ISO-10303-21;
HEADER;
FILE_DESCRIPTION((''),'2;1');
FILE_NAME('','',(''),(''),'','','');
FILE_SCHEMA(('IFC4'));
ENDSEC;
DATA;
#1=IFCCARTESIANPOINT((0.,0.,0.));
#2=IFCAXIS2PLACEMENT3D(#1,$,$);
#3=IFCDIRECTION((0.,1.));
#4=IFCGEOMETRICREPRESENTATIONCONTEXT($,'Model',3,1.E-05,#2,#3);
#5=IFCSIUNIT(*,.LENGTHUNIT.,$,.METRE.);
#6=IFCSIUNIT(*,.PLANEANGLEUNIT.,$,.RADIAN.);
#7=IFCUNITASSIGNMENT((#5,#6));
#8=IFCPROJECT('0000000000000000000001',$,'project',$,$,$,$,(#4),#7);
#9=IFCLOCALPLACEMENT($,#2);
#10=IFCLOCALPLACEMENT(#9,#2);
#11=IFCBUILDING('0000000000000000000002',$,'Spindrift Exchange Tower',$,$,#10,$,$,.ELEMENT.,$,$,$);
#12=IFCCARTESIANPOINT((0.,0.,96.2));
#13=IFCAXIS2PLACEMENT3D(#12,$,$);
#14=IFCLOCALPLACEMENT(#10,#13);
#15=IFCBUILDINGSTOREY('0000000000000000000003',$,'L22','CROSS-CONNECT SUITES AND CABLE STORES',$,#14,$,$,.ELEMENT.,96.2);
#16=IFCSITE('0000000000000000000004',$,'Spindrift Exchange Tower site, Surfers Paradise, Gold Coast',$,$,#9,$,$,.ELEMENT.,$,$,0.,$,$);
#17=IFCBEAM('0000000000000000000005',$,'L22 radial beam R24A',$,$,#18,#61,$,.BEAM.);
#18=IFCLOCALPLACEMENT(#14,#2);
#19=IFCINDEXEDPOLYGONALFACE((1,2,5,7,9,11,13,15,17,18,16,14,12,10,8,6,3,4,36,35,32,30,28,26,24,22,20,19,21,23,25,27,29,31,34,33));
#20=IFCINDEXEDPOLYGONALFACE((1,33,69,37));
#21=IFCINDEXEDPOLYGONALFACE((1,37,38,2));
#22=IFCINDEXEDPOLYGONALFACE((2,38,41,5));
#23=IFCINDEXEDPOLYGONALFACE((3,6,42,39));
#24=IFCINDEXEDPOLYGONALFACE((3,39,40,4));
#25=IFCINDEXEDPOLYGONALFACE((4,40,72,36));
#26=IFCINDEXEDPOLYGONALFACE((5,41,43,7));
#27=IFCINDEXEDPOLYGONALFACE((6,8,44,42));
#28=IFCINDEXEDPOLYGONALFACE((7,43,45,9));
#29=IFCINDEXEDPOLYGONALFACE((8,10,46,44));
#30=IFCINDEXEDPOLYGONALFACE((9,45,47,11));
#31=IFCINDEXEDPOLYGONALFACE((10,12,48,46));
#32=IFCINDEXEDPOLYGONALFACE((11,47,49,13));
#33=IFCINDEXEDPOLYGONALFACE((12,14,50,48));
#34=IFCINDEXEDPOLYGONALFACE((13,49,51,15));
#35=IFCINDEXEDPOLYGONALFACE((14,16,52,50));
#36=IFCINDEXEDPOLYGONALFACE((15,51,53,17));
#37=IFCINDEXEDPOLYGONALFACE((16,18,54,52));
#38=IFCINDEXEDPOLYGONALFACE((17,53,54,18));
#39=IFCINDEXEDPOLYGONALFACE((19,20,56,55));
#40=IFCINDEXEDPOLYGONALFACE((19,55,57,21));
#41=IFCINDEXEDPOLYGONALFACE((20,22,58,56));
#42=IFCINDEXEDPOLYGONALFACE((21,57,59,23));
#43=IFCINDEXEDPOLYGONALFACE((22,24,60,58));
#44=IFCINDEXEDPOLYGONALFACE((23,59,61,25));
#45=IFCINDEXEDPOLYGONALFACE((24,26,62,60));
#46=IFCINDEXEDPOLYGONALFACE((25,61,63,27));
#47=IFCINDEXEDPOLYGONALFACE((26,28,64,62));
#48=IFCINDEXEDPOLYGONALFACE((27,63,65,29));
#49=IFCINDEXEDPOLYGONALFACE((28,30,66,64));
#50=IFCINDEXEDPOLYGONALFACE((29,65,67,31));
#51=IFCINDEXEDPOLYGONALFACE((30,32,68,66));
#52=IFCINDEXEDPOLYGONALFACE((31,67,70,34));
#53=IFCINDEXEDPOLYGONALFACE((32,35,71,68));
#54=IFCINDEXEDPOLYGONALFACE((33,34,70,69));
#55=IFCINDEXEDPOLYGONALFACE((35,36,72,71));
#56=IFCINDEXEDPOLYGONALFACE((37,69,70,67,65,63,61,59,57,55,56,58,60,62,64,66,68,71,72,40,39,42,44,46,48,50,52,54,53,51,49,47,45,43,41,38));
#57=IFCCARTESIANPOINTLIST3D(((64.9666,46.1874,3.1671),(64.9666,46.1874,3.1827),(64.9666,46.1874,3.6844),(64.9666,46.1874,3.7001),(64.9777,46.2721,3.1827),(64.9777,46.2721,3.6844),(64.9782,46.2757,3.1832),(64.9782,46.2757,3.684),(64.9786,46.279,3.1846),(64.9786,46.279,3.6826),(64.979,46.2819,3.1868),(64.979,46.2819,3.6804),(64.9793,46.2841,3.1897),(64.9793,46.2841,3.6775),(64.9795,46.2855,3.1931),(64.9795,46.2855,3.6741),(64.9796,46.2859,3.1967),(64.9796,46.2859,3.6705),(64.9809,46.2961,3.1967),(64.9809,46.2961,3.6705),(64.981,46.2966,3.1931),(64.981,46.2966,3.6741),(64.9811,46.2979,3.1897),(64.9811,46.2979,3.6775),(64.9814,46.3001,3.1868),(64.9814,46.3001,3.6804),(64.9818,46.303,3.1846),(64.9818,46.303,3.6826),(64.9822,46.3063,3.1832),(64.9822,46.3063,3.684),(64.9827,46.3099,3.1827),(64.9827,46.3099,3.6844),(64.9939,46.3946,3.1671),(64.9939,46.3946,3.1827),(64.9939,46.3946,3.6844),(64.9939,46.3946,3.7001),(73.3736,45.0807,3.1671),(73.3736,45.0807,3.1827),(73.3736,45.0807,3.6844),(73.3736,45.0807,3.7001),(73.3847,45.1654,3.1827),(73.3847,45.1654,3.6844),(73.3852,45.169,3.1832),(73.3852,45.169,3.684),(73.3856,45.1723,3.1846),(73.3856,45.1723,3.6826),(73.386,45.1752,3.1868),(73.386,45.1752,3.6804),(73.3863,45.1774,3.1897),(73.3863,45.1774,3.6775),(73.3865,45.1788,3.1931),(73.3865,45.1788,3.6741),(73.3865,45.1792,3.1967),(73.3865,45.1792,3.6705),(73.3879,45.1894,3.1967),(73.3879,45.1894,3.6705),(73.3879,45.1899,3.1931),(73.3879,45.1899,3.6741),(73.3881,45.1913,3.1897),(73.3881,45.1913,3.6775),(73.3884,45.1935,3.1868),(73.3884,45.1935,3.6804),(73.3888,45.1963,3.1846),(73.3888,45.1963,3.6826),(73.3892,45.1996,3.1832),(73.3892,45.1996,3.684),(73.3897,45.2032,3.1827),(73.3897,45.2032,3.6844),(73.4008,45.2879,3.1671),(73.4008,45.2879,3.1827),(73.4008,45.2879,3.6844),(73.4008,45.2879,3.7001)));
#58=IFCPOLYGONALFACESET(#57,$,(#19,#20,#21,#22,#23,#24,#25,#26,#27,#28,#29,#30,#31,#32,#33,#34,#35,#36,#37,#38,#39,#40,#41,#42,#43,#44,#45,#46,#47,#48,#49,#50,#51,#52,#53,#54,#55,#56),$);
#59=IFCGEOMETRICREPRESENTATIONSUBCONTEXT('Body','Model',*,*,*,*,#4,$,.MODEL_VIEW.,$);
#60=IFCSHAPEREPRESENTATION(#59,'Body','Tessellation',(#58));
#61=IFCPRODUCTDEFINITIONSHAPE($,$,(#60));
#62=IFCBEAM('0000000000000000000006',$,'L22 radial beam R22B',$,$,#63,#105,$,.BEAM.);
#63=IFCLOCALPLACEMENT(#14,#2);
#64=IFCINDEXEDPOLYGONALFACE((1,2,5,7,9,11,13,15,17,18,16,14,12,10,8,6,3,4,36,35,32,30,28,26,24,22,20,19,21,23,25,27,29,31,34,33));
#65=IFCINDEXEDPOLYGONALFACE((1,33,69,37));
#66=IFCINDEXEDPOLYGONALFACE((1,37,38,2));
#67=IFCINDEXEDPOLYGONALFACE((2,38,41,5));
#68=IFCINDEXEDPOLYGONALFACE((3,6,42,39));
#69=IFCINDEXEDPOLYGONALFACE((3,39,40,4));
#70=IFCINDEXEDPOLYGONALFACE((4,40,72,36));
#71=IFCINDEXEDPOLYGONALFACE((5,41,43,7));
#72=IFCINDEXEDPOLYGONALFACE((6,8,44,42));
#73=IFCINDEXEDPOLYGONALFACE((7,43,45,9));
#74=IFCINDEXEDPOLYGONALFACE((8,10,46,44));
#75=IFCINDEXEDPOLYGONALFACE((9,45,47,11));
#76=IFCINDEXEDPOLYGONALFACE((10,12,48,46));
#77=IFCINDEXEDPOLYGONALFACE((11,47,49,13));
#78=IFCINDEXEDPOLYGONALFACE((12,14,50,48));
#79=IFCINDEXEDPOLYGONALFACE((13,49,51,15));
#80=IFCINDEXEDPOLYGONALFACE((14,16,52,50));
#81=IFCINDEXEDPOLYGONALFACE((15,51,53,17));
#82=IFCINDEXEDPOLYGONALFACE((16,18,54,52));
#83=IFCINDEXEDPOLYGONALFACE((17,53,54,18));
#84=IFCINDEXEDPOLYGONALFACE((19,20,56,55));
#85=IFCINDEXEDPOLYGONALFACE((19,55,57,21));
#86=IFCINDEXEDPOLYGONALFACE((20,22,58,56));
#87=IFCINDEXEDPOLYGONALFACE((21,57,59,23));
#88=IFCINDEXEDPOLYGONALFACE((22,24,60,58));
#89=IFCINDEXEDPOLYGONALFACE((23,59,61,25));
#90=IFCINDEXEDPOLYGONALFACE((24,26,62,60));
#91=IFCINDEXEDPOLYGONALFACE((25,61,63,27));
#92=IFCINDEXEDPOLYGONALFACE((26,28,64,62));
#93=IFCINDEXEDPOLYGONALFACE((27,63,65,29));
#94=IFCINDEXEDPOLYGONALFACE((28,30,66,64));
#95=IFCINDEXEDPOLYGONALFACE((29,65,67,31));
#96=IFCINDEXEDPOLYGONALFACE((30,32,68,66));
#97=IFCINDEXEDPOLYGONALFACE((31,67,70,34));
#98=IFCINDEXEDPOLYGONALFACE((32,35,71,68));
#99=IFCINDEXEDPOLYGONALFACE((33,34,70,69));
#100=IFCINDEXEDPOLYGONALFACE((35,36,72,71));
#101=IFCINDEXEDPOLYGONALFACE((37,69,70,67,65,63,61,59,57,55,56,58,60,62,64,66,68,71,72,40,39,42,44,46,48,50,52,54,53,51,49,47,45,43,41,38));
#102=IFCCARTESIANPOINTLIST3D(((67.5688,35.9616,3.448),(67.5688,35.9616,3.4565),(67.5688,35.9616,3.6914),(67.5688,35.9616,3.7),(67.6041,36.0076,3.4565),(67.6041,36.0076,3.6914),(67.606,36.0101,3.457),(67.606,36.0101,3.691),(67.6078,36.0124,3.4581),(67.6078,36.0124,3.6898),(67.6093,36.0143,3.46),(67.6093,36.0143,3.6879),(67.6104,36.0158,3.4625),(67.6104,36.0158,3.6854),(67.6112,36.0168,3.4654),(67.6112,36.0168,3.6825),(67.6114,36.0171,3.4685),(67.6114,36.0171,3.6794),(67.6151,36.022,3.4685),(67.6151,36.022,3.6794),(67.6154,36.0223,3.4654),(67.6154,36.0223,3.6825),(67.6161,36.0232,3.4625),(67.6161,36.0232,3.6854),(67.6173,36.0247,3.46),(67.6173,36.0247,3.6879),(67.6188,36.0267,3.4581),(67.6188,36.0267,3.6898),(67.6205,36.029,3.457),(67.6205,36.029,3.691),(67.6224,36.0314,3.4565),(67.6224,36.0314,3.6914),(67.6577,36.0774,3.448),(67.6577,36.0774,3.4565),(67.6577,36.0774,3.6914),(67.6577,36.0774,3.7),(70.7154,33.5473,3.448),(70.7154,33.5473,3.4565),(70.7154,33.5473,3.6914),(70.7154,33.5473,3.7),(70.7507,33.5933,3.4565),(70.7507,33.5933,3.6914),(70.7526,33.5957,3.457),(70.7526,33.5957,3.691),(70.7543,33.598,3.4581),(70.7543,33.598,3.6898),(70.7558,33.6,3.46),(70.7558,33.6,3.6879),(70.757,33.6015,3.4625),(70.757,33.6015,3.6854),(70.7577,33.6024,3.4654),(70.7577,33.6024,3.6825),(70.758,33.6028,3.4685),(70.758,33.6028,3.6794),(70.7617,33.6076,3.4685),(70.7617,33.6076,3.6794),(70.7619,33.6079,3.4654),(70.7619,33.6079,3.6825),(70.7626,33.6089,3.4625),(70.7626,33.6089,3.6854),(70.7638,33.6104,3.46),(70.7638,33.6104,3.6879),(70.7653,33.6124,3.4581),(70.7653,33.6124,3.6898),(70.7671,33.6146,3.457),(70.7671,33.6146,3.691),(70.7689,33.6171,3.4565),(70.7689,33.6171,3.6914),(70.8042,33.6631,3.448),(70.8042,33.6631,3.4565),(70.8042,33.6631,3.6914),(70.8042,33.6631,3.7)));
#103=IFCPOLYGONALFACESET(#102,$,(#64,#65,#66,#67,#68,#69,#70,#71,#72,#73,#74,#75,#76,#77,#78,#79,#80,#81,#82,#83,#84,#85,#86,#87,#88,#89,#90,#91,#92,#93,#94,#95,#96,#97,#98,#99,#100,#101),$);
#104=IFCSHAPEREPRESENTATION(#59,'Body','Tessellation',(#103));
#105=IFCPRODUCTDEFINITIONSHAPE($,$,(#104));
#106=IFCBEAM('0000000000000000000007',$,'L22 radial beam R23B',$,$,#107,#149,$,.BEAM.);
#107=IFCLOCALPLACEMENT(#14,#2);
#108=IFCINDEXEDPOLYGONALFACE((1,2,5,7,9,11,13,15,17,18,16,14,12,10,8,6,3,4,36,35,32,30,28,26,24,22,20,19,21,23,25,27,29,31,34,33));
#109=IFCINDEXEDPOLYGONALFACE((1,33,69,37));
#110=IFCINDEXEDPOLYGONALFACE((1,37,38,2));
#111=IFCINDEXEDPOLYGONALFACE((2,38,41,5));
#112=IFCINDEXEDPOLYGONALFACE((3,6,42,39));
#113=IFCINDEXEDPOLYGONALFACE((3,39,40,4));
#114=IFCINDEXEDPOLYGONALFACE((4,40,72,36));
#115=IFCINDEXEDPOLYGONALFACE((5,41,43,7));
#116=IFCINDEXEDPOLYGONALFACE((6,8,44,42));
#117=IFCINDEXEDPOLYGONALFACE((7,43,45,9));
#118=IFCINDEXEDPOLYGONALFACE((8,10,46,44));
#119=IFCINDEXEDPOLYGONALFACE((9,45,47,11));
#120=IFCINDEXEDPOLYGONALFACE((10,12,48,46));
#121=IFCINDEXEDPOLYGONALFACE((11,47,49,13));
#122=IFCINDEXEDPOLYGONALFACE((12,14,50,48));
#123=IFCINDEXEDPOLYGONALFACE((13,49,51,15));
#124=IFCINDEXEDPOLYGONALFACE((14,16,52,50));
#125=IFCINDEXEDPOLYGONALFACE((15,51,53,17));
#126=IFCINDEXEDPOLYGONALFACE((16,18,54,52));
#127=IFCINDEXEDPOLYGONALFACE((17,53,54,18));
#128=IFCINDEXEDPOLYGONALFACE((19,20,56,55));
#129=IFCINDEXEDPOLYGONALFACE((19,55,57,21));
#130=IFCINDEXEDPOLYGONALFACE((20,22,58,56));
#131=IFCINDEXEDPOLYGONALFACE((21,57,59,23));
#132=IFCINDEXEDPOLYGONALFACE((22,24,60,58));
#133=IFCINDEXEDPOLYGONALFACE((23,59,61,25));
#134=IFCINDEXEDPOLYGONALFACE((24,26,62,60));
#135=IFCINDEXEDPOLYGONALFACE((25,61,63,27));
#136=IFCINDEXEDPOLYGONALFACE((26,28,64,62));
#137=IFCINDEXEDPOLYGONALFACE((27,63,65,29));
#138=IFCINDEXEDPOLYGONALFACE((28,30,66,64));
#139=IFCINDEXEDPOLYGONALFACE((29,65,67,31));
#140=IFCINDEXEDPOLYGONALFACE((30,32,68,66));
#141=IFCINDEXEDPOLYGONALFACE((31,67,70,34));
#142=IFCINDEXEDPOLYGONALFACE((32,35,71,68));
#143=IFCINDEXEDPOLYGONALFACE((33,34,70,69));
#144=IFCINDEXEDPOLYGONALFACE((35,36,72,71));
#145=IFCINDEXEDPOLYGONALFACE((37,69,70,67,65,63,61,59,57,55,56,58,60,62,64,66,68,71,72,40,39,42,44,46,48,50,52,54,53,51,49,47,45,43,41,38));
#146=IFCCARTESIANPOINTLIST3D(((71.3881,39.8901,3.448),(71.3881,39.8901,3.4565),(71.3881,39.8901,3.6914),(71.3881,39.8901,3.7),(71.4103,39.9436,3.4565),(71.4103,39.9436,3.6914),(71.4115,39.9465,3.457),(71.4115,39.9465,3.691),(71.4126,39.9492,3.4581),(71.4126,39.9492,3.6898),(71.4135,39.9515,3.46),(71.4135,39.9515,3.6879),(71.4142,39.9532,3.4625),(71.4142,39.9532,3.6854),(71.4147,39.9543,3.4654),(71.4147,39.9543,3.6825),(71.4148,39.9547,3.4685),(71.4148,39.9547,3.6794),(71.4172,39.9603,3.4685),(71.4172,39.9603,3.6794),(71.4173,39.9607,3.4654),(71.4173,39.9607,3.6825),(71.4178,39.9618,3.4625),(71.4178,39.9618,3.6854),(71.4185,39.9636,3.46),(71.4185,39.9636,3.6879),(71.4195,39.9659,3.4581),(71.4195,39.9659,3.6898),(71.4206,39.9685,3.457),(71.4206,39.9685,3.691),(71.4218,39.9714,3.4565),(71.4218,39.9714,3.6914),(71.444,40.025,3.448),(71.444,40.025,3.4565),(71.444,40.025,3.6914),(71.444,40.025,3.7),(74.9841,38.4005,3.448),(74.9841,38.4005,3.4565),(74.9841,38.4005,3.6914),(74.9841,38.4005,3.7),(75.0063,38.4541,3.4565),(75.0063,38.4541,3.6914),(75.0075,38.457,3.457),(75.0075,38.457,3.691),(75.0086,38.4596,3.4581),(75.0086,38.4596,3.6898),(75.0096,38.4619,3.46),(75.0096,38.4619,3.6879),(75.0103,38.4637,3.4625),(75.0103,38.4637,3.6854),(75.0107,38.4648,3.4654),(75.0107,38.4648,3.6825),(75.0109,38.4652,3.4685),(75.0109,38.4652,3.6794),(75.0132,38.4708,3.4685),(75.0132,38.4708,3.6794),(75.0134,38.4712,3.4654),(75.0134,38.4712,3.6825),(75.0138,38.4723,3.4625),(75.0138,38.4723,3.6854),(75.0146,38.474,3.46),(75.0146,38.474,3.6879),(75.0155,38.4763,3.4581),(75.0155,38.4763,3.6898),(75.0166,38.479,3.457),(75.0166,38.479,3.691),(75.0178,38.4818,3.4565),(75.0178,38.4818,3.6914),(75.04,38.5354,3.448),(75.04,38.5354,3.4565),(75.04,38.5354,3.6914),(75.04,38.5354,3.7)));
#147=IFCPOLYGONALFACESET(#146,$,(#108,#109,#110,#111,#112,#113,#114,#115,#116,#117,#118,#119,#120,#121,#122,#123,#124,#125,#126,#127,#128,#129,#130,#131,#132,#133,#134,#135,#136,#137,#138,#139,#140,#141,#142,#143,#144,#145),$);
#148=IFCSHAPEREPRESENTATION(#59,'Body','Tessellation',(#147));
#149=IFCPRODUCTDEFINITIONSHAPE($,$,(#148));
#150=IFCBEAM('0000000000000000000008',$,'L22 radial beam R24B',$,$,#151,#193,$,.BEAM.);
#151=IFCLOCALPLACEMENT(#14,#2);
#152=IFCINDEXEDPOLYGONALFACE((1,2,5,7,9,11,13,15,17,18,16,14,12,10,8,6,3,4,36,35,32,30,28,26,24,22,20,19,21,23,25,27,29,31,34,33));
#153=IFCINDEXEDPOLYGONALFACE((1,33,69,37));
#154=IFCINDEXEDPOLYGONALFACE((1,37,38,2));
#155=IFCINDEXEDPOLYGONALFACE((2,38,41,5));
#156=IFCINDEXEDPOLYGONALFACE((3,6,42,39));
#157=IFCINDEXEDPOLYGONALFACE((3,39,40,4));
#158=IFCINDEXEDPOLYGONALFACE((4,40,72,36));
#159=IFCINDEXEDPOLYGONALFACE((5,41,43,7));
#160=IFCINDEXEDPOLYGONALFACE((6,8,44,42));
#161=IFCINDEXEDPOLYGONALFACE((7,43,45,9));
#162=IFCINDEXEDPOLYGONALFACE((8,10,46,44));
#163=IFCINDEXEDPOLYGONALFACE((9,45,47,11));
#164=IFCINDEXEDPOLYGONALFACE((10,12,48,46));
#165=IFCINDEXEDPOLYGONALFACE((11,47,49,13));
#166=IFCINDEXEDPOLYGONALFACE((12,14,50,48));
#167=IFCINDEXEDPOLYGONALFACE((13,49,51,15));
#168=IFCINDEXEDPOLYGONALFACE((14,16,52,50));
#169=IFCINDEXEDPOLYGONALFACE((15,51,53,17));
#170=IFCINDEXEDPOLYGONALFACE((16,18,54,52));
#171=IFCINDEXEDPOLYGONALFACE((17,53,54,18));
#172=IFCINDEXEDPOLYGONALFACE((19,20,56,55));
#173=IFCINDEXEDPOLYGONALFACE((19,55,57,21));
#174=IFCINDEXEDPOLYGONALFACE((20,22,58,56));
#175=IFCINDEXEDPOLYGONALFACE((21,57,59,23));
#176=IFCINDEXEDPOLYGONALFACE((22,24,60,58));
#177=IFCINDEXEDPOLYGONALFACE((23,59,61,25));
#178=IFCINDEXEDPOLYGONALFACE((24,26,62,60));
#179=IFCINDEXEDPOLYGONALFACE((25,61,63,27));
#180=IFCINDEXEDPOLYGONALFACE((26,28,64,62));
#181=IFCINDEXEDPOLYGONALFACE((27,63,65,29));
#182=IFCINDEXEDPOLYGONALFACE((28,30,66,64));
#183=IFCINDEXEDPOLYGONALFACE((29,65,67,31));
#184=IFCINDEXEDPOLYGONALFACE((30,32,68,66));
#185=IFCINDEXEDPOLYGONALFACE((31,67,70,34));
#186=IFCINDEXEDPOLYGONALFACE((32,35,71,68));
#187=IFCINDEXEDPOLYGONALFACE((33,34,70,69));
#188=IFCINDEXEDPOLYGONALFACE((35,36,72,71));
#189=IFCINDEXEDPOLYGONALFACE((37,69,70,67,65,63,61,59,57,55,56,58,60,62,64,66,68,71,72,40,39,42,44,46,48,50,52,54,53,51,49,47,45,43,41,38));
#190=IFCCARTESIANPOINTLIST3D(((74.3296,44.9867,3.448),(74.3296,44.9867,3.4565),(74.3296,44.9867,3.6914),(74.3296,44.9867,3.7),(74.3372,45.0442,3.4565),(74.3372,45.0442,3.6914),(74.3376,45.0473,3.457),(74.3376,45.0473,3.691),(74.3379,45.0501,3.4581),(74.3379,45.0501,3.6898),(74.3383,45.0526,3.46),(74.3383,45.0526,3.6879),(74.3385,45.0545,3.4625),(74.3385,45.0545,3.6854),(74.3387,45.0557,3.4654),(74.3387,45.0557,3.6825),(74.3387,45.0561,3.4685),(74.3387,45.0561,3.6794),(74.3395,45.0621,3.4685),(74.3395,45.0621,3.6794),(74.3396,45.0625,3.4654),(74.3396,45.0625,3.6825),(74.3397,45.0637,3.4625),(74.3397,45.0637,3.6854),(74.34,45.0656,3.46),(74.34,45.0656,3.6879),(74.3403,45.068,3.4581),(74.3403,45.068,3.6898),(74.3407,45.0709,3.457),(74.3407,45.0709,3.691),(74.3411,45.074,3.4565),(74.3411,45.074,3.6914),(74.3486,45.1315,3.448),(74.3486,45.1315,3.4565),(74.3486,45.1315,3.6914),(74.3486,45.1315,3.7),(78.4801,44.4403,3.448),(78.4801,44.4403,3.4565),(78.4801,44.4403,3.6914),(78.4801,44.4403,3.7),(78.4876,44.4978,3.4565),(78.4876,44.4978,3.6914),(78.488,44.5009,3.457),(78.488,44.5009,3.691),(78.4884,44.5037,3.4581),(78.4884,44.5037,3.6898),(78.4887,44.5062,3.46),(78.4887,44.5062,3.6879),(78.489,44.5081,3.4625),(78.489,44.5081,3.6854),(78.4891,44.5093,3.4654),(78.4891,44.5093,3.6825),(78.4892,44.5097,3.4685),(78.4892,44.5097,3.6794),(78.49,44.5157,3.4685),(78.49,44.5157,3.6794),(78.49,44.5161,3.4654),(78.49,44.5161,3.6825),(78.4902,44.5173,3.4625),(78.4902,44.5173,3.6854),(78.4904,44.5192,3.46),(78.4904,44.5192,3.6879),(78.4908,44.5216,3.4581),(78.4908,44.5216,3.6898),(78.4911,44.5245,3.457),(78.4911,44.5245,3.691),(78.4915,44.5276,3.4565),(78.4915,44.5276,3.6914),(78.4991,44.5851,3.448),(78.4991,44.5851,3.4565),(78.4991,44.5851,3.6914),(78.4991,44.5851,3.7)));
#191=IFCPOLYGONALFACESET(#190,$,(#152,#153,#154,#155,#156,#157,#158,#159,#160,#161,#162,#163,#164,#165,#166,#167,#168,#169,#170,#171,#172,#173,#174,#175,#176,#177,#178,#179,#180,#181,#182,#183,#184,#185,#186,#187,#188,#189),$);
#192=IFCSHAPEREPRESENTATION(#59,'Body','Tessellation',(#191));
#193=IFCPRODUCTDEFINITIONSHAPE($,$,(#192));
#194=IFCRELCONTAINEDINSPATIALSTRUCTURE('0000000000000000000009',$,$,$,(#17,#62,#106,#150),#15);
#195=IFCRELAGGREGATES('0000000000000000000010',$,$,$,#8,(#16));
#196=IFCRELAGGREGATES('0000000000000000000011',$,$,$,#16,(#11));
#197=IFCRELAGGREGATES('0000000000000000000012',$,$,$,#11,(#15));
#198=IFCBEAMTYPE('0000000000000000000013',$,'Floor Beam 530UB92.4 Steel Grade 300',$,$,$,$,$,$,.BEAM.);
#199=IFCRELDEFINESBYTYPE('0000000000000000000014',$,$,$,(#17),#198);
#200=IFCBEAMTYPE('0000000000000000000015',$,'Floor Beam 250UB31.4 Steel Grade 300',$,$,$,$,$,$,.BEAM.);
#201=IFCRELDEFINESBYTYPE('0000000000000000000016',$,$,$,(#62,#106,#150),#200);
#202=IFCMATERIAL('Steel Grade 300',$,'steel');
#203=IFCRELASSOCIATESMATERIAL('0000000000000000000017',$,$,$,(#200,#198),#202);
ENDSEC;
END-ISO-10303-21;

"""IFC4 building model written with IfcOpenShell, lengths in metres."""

from ifc_helpers import new_model, si_unit, direction, frame, origin, origin_2d, place, context, subcontext, project, spatial, i_section, extrude, source, transform, mapped, material, material_profile, profile_set, type_object, element, save


model = new_model("IFC4")

# Units and contexts
model_context = context("Model", 3, precision=1e-05, world=origin(), true_north=direction((0.0, 1.0)))
body_context = subcontext(model_context, "Body", "Model", "MODEL_VIEW")
ifc_project = project(units=[si_unit("LENGTHUNIT", "METRE"), si_unit("PLANEANGLEUNIT", "RADIAN")], contexts=[model_context])

# Site, building, storey
site_placement = place(None, origin())
site = spatial("IfcSite", under=ifc_project, at=site_placement, Name="Spindrift Exchange Tower site, Surfers Paradise, Gold Coast", CompositionType="ELEMENT", RefElevation=0.0)
building_placement = place(site_placement, origin())
building = spatial("IfcBuilding", under=site, at=building_placement, Name="Spindrift Exchange Tower", CompositionType="ELEMENT")
storey_placement = place(building_placement, frame((0.0, 0.0, 96.2)))
storey = spatial("IfcBuildingStorey", under=building, at=storey_placement, Name="L22", Description="CROSS-CONNECT SUITES AND CABLE STORES", CompositionType="ELEMENT", Elevation=96.2)

# Beams
ifc_material_1 = material(Name="Steel Grade 300", Category="steel")
ifc_material_profile_1 = material_profile(ifc_material_1, i_section(OverallWidth=0.146, OverallDepth=0.252, WebThickness=0.0061, FlangeThickness=0.0085, FilletRadius=0.012, at=origin_2d()), Name="250UB31.4")
ifc_profile_set_1 = profile_set([ifc_material_profile_1], Name="Steel Grade 300")
beam_type_1 = type_object("IfcBeamType", Name="Floor Beam 250UB31.4 Steel Grade 300", PredefinedType="BEAM", material=ifc_profile_set_1)
ifc_material_profile_2 = material_profile(ifc_material_1, i_section(OverallWidth=0.209, OverallDepth=0.533, WebThickness=0.0103, FlangeThickness=0.0156, FilletRadius=0.0139, at=origin_2d()), Name="530UB92.4")
ifc_profile_set_2 = profile_set([ifc_material_profile_2], Name="Steel Grade 300")
beam_type_2 = type_object("IfcBeamType", Name="Floor Beam 530UB92.4 Steel Grade 300", PredefinedType="BEAM", material=ifc_profile_set_2)
shared_shape_1 = source(origin(), body_context, "Body", "SweptSolid", [
    extrude(i_section(OverallWidth=0.209, OverallDepth=0.533, WebThickness=0.0103, FlangeThickness=0.0156, FilletRadius=0.0139, at=origin_2d()), origin(), (0.0, 0.0, 1.0), 8.4795),
])
beam_1_placement = place(storey_placement, frame((64.9802, 46.291, 3.4336), z_axis=(0.991447, -0.130513, 0.0), x_axis=(0.130513, 0.991447, 0.0)))
element("IfcBeam", 1, at=beam_1_placement, inside=storey, type_object=beam_type_2, Name="L22 radial beam R24A", PredefinedType="BEAM", context=body_context, shape_type="MappedRepresentation", body=[
    mapped(shared_shape_1, transform((0.0, 0.0, 0.0), scale=1.0)),
])
shared_shape_2 = source(origin(), body_context, "Body", "SweptSolid", [
    extrude(i_section(OverallWidth=0.146, OverallDepth=0.252, WebThickness=0.0061, FlangeThickness=0.0085, FilletRadius=0.012, at=origin_2d()), origin(), (0.0, 0.0, 1.0), 3.9661),
])
beam_2_placement = place(storey_placement, frame((67.6133, 36.0195, 3.574), z_axis=(0.793363, -0.608749, 0.0), x_axis=(0.608749, 0.793363, 0.0)))
element("IfcBeam", 2, at=beam_2_placement, inside=storey, type_object=beam_type_1, Name="L22 radial beam R22B", PredefinedType="BEAM", context=body_context, shape_type="MappedRepresentation", body=[
    mapped(shared_shape_2, transform((0.0, 0.0, 0.0), scale=1.0)),
])
shared_shape_3 = source(origin(), body_context, "Body", "SweptSolid", [
    extrude(i_section(OverallWidth=0.146, OverallDepth=0.252, WebThickness=0.0061, FlangeThickness=0.0085, FilletRadius=0.012, at=origin_2d()), origin(), (0.0, 0.0, 1.0), 3.8923),
])
beam_3_placement = place(storey_placement, frame((71.416, 39.9575, 3.574), z_axis=(0.923878, -0.382686, 0.0), x_axis=(0.382686, 0.923878, 0.0)))
element("IfcBeam", 3, at=beam_3_placement, inside=storey, type_object=beam_type_1, Name="L22 radial beam R23B", PredefinedType="BEAM", context=body_context, shape_type="MappedRepresentation", body=[
    mapped(shared_shape_3, transform((0.0, 0.0, 0.0), scale=1.0)),
])
shared_shape_4 = source(origin(), body_context, "Body", "SweptSolid", [
    extrude(i_section(OverallWidth=0.146, OverallDepth=0.252, WebThickness=0.0061, FlangeThickness=0.0085, FilletRadius=0.012, at=origin_2d()), origin(), (0.0, 0.0, 1.0), 4.1863),
])
beam_4_placement = place(storey_placement, frame((74.3391, 45.0591, 3.574), z_axis=(0.991446, -0.130521, 0.0), x_axis=(0.130521, 0.991446, 0.0)))
element("IfcBeam", 4, at=beam_4_placement, inside=storey, type_object=beam_type_1, Name="L22 radial beam R24B", PredefinedType="BEAM", context=body_context, shape_type="MappedRepresentation", body=[
    mapped(shared_shape_4, transform((0.0, 0.0, 0.0), scale=1.0)),
])

save(model, "model.ifc")
